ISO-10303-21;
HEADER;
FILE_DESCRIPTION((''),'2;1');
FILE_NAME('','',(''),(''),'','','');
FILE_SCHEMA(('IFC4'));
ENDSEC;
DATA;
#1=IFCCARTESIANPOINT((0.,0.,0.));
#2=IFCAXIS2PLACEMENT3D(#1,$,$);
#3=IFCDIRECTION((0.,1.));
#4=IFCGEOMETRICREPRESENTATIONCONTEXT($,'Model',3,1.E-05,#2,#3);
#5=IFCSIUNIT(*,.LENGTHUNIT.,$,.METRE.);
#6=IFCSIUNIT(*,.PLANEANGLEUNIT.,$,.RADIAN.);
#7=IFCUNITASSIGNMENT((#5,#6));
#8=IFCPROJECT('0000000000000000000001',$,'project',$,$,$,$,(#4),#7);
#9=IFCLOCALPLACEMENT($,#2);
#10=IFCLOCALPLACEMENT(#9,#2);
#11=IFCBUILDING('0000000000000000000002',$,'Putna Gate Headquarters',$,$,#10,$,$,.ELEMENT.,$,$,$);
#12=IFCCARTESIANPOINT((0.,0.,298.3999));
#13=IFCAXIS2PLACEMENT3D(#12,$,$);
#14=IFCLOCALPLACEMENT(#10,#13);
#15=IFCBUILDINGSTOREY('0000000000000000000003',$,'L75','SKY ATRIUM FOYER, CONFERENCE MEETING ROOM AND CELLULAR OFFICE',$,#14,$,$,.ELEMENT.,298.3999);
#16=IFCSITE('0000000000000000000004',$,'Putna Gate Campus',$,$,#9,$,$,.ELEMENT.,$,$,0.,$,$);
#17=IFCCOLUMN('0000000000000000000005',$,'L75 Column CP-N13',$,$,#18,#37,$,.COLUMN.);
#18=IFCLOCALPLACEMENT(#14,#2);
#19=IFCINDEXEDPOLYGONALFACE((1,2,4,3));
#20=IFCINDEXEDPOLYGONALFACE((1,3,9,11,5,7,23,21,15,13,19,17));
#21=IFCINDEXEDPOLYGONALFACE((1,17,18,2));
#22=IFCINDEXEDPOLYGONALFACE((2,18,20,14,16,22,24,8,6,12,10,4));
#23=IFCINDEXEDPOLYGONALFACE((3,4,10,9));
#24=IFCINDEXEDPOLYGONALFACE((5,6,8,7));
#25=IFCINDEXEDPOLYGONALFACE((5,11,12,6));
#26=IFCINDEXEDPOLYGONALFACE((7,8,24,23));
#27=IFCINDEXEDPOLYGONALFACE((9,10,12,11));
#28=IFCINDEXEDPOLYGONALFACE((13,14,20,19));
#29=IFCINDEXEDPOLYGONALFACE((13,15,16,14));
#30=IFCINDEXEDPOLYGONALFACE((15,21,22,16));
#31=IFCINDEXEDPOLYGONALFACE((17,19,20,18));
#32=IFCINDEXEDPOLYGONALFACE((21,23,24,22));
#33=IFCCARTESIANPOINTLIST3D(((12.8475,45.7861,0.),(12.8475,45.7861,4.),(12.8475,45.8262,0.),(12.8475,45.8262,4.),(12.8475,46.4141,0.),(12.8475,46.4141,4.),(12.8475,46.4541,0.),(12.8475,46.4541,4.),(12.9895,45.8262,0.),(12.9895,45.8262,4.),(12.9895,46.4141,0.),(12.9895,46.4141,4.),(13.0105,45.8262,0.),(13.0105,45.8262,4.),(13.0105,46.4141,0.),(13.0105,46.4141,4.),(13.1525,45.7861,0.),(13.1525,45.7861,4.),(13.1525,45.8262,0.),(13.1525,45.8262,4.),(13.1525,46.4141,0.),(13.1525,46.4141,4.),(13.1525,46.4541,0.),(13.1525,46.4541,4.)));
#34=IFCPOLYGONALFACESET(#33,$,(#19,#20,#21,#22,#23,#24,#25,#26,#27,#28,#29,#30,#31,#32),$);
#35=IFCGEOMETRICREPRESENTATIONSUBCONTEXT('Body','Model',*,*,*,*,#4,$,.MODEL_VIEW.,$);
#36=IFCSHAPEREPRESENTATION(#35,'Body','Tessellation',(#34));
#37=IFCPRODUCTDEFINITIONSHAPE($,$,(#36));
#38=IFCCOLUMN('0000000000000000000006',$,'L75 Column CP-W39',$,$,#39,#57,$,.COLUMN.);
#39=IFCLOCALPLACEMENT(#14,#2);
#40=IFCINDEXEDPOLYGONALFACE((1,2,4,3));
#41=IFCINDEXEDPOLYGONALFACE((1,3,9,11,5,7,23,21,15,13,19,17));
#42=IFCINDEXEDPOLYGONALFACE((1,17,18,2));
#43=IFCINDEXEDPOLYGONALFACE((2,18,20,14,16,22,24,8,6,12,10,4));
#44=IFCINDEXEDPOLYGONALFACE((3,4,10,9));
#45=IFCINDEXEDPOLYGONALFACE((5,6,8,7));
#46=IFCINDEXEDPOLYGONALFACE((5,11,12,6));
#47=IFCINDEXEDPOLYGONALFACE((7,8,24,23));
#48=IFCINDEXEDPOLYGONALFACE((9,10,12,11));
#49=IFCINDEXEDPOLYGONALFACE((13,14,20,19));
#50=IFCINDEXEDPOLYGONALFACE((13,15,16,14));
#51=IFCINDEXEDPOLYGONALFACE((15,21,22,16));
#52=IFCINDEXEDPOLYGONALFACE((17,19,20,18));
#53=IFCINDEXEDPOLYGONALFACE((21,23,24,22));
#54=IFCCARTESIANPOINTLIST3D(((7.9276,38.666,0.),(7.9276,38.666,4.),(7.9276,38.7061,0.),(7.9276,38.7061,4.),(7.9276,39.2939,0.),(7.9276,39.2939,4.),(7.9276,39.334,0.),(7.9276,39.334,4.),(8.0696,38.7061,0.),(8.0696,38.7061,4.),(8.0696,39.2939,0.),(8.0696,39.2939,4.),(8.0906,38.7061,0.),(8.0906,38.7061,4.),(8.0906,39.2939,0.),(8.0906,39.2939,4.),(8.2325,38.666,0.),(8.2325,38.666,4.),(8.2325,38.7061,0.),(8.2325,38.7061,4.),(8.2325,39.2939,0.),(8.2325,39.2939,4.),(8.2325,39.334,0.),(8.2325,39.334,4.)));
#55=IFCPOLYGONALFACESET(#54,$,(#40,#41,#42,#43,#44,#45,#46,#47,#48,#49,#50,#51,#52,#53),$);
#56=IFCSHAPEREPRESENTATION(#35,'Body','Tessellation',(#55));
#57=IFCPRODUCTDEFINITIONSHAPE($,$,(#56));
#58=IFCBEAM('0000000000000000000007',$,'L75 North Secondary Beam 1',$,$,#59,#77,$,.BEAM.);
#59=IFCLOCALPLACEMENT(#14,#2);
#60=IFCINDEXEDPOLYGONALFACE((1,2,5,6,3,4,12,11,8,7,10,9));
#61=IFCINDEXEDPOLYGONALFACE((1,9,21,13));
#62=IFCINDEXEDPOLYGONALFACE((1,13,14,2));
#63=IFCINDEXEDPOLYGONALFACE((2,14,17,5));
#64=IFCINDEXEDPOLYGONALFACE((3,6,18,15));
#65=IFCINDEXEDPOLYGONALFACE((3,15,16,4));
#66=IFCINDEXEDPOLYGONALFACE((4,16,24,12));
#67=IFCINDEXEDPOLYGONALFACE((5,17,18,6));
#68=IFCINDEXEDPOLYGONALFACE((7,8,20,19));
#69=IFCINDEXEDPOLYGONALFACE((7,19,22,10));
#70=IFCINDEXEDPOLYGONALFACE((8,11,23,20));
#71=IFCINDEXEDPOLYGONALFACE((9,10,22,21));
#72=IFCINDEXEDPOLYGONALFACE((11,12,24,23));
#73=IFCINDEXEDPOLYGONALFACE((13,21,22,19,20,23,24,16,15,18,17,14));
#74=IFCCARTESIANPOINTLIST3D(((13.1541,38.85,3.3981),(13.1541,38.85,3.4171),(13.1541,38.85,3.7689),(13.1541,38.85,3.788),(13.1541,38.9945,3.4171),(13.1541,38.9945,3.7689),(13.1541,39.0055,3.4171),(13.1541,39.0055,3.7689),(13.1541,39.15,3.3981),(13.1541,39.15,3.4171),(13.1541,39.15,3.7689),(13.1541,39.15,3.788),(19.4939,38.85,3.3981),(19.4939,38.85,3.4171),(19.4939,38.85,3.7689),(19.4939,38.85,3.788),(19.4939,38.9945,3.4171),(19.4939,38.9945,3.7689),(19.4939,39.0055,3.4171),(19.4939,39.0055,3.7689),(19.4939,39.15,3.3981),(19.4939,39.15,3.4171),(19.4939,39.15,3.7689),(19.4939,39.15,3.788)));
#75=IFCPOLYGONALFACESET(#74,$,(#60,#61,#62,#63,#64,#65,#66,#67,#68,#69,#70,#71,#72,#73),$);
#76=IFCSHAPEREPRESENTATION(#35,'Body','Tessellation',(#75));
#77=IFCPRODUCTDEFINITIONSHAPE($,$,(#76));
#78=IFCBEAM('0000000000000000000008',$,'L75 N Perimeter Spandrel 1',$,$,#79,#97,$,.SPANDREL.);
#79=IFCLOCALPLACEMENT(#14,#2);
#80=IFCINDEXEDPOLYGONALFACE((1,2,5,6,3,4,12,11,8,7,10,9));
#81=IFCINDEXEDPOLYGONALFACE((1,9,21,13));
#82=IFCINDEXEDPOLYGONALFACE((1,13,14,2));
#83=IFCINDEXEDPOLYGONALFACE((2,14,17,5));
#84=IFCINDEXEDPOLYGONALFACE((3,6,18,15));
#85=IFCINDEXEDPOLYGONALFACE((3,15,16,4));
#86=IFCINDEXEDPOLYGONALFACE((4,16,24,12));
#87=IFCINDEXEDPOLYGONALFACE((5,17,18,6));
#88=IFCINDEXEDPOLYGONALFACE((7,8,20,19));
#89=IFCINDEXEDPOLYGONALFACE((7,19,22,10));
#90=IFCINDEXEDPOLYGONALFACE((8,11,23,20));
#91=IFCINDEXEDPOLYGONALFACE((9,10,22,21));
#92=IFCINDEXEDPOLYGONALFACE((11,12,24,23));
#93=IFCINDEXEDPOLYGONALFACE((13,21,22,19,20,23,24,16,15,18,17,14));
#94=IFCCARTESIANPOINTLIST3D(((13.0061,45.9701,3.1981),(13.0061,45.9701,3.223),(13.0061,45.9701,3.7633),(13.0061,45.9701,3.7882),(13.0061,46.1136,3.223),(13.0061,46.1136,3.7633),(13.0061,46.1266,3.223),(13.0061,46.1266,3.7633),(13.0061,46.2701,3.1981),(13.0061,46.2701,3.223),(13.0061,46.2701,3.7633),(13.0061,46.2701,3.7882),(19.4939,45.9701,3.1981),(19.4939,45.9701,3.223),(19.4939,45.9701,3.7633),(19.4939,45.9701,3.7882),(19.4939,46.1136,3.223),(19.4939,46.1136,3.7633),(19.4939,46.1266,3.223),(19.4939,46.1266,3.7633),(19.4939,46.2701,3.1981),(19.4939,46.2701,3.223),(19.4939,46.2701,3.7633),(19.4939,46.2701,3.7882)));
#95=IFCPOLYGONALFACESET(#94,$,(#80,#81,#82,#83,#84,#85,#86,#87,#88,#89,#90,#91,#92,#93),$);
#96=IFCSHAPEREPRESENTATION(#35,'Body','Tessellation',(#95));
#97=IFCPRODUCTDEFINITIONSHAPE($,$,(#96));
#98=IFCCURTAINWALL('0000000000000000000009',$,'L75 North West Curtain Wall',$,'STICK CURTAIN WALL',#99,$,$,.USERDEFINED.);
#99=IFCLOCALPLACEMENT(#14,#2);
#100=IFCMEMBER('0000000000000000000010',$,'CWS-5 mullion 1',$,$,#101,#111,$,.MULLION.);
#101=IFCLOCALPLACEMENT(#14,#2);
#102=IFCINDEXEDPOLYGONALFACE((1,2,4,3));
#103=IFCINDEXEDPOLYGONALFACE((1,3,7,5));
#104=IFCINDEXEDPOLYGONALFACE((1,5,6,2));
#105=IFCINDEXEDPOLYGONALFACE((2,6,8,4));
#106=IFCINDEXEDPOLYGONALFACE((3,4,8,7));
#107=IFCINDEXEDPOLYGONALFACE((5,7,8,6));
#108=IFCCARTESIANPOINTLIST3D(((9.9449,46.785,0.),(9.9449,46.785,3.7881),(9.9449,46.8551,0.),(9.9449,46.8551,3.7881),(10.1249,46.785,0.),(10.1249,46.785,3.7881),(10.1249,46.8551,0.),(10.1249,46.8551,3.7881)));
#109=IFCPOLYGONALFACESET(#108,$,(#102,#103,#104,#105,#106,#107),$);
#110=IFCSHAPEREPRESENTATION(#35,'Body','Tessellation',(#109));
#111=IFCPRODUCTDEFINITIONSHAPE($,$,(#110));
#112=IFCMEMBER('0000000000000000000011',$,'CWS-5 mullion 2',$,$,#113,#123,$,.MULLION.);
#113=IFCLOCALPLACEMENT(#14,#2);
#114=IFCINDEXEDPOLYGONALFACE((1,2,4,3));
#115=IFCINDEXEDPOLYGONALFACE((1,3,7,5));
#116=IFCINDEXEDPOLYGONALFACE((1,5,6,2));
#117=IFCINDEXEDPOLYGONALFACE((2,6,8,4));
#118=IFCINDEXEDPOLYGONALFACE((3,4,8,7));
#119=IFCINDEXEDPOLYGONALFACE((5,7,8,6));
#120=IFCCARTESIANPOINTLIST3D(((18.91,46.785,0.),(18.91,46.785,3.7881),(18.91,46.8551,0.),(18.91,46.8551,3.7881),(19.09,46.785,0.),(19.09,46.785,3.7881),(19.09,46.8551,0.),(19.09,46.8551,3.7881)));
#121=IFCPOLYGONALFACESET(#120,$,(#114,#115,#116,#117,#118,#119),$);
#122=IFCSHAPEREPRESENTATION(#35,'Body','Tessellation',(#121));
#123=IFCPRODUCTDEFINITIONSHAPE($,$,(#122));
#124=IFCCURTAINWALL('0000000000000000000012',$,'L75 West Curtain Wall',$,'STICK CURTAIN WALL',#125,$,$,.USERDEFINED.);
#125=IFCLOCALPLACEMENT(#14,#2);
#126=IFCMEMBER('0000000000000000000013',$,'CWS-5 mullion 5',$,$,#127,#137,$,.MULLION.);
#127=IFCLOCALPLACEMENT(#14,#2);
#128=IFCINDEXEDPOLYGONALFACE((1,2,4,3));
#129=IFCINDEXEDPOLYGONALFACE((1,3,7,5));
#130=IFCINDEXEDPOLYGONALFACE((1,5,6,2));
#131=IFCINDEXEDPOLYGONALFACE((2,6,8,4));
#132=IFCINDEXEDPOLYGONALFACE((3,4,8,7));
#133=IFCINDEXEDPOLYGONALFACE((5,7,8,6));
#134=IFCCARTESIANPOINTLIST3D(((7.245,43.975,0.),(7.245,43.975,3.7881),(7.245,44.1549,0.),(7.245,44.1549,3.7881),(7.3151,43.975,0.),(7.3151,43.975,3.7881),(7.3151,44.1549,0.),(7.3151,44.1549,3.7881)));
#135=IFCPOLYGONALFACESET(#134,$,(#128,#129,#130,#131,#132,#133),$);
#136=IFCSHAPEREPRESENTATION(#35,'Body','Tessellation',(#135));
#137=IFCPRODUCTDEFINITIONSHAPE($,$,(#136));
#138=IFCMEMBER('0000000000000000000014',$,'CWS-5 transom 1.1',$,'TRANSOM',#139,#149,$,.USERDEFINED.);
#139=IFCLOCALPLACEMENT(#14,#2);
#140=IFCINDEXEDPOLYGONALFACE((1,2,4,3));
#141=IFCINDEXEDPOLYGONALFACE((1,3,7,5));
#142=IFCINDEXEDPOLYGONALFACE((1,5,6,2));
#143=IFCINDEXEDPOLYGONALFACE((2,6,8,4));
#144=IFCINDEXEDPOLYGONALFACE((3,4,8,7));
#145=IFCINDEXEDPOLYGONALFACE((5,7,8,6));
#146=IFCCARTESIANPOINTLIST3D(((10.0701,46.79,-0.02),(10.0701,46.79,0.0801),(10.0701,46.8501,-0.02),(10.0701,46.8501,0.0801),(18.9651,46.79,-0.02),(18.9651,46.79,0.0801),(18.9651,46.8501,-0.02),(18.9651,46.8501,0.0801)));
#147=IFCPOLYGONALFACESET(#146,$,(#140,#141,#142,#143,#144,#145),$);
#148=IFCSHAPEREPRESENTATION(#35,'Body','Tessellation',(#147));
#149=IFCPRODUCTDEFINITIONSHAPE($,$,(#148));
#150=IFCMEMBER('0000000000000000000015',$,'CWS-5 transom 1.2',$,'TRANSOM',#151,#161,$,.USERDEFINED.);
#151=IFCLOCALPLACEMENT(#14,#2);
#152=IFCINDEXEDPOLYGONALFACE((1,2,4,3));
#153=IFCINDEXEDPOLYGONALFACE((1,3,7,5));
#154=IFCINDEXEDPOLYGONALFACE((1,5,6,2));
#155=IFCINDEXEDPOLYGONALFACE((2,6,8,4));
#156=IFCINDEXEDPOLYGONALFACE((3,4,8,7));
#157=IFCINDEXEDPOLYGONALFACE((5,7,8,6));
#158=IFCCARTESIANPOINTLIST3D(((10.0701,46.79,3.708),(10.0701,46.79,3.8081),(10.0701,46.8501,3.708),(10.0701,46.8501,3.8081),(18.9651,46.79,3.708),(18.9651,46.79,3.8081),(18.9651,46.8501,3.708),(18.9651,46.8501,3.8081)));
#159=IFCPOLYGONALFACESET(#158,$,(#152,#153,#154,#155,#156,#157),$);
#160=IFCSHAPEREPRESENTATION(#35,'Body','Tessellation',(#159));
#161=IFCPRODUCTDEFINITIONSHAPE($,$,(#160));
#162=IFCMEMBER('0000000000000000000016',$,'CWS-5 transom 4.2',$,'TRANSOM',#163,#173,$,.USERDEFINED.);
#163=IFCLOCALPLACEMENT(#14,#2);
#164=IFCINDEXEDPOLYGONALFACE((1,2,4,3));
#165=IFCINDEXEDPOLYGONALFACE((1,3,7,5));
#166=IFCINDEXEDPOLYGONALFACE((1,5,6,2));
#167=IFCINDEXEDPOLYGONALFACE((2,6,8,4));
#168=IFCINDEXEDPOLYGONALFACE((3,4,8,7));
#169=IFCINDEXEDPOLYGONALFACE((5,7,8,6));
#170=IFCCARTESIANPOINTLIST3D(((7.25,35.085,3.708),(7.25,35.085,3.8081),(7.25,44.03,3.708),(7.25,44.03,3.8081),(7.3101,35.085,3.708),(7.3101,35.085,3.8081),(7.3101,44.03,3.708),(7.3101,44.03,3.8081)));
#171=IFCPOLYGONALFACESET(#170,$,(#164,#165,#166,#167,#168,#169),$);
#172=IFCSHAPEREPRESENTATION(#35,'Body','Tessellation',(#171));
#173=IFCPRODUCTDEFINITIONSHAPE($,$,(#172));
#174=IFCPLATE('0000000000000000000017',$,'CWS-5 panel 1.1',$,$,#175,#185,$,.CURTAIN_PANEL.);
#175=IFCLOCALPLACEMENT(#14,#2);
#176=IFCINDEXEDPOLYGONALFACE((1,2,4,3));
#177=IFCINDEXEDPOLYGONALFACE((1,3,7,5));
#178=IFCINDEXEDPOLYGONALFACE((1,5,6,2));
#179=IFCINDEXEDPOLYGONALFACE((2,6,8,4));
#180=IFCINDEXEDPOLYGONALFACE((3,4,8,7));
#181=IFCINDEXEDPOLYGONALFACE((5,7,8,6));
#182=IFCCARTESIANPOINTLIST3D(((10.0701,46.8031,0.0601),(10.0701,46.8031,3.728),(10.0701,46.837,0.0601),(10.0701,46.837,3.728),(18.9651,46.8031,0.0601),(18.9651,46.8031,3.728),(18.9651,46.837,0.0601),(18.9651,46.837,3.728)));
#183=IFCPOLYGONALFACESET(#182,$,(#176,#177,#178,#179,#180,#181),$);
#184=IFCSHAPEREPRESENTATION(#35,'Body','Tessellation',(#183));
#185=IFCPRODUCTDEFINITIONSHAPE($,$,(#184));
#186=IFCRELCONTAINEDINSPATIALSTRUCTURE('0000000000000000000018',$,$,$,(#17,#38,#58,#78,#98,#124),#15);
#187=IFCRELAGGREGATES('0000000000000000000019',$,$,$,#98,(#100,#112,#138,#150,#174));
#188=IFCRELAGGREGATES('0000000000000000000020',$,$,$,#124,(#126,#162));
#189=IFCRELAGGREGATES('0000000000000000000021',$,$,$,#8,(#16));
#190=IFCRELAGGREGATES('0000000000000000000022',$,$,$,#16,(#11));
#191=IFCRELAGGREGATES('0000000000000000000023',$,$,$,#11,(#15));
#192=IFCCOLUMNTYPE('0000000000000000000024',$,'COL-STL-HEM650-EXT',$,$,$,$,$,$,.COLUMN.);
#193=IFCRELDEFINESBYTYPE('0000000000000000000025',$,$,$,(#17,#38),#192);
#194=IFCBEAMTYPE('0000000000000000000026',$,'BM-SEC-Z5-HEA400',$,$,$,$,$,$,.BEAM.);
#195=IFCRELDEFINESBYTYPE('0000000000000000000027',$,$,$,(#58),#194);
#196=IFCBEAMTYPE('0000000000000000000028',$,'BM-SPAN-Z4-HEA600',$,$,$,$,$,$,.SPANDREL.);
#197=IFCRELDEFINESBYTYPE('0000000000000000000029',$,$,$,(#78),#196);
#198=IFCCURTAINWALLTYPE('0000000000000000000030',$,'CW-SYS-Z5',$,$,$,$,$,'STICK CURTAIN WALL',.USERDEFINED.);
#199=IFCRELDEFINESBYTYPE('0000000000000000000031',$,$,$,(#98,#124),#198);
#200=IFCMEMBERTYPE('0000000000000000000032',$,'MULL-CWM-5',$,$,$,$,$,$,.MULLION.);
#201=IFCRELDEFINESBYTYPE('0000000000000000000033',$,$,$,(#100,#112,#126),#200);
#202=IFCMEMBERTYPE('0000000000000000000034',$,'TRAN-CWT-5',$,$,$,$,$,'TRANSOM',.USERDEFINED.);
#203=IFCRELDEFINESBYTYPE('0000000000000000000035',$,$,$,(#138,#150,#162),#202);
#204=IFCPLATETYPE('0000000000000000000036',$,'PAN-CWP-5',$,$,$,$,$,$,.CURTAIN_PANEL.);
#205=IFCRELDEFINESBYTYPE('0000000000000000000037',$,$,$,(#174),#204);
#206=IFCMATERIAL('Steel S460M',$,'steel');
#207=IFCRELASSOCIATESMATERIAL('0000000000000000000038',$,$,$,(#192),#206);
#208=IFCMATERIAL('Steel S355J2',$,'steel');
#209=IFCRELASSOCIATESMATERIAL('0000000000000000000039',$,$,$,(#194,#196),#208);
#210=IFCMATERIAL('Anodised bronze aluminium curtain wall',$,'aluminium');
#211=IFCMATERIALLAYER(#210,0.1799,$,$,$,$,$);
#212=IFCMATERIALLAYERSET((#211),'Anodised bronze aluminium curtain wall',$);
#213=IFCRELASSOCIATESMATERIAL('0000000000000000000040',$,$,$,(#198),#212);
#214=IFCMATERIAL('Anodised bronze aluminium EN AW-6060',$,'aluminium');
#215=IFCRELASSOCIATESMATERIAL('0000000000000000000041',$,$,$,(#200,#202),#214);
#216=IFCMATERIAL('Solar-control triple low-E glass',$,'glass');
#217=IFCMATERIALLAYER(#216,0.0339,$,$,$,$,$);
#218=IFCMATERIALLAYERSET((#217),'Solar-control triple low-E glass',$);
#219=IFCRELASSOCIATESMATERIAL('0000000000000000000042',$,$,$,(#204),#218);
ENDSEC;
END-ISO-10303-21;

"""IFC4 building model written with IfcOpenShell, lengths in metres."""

from ifc_helpers import new_model, si_unit, direction, frame, origin, origin_2d, place, context, subcontext, project, spatial, rectangle, i_section, extrude, material, layer, layer_set, material_profile, profile_set, type_object, element, aggregate, save


model = new_model("IFC4")

# Units and contexts
model_context = context("Model", 3, precision=1e-05, world=origin(), true_north=direction((0.0, 1.0)))
body_context = subcontext(model_context, "Body", "Model", "MODEL_VIEW")
ifc_project = project(units=[si_unit("LENGTHUNIT", "METRE"), si_unit("PLANEANGLEUNIT", "RADIAN")], contexts=[model_context])

# Site, building, storey
site_placement = place(None, origin())
site = spatial("IfcSite", under=ifc_project, at=site_placement, Name="Putna Gate Campus", CompositionType="ELEMENT", RefElevation=0.0)
building_placement = place(site_placement, origin())
building = spatial("IfcBuilding", under=site, at=building_placement, Name="Putna Gate Headquarters", CompositionType="ELEMENT")
storey_placement = place(building_placement, frame((0.0, 0.0, 298.3999)))
storey = spatial("IfcBuildingStorey", under=building, at=storey_placement, Name="L75", Description="SKY ATRIUM FOYER, CONFERENCE MEETING ROOM AND CELLULAR OFFICE", CompositionType="ELEMENT", Elevation=298.3999)

# Columns
ifc_material_1 = material(Name="Steel S460M", Category="steel")
ifc_material_profile_1 = material_profile(ifc_material_1, i_section(OverallWidth=0.3049, OverallDepth=0.668, WebThickness=0.021, FlangeThickness=0.04, at=origin_2d()), Name="Steel S460M")
ifc_profile_set_1 = profile_set([ifc_material_profile_1], Name="Steel S460M")
column_type = type_object("IfcColumnType", Name="COL-STL-HEM650-EXT", PredefinedType="COLUMN", material=ifc_profile_set_1)
for number, where, z_axis, x_axis, name in (
    (1, (13.0, 46.1201, 0.0), (0.0, 0.0, 1.0), (1.0, 0.0, 0.0), "L75 Column CP-N13"),
    (2, (8.0801, 39.0, 0.0), (0.0, 0.0, 1.0), (1.0, 0.0, 0.0), "L75 Column CP-W39"),
):
    element("IfcColumn", number, at=place(storey_placement, frame(where, z_axis=z_axis, x_axis=x_axis)), inside=storey, type_object=column_type, Name=name, PredefinedType="COLUMN", context=body_context, shape_type="SweptSolid", body=[
        extrude(i_section(OverallWidth=0.3049, OverallDepth=0.668, WebThickness=0.021, FlangeThickness=0.04, at=origin_2d()), origin(), (0.0, 0.0, 1.0), 4.0),
    ])

# Beams
ifc_material_2 = material(Name="Steel S355J2", Category="steel")
ifc_material_profile_2 = material_profile(ifc_material_2, i_section(OverallWidth=0.3, OverallDepth=0.3899, WebThickness=0.011, FlangeThickness=0.019, at=origin_2d()), Name="Steel S355J2")
ifc_profile_set_2 = profile_set([ifc_material_profile_2], Name="Steel S355J2")
beam_type_1 = type_object("IfcBeamType", Name="BM-SEC-Z5-HEA400", PredefinedType="BEAM", material=ifc_profile_set_2)
beam_1_placement = place(storey_placement, frame((13.1541, 39.0, 3.593), z_axis=(1.0, 0.0, 0.0), x_axis=(0.0, 1.0, 0.0)))
element("IfcBeam", 3, at=beam_1_placement, inside=storey, type_object=beam_type_1, Name="L75 North Secondary Beam 1", PredefinedType="BEAM", context=body_context, shape_type="SweptSolid", body=[
    extrude(i_section(OverallWidth=0.3, OverallDepth=0.3899, WebThickness=0.011, FlangeThickness=0.019, at=origin_2d()), origin(), (0.0, 0.0, 1.0), 6.3398),
])
ifc_material_profile_3 = material_profile(ifc_material_2, i_section(OverallWidth=0.3, OverallDepth=0.5901, WebThickness=0.0129, FlangeThickness=0.0249, at=origin_2d()), Name="Steel S355J2")
ifc_profile_set_3 = profile_set([ifc_material_profile_3], Name="Steel S355J2")
beam_type_2 = type_object("IfcBeamType", Name="BM-SPAN-Z4-HEA600", PredefinedType="SPANDREL", material=ifc_profile_set_3)
beam_2_placement = place(storey_placement, frame((13.0061, 46.1201, 3.4932), z_axis=(1.0, 0.0, 0.0), x_axis=(0.0, 1.0, 0.0)))
element("IfcBeam", 4, at=beam_2_placement, inside=storey, type_object=beam_type_2, Name="L75 N Perimeter Spandrel 1", PredefinedType="SPANDREL", context=body_context, shape_type="SweptSolid", body=[
    extrude(i_section(OverallWidth=0.3, OverallDepth=0.5901, WebThickness=0.0129, FlangeThickness=0.0249, at=origin_2d()), origin(), (0.0, 0.0, 1.0), 6.4878),
])

# Curtain wall, members
ifc_material_3 = material(Name="Anodised bronze aluminium curtain wall", Category="aluminium")
ifc_layer_1 = layer(ifc_material_3, 0.1799)
ifc_layer_set_1 = layer_set([ifc_layer_1], Name="Anodised bronze aluminium curtain wall")
curtain_wall_type = type_object("IfcCurtainWallType", Name="CW-SYS-Z5", ElementType="STICK CURTAIN WALL", PredefinedType="USERDEFINED", material=ifc_layer_set_1)
curtain_wall_1_placement = place(storey_placement, origin())
curtain_wall_1 = element("IfcCurtainWall", 5, at=curtain_wall_1_placement, inside=storey, type_object=curtain_wall_type, Name="L75 North West Curtain Wall", ObjectType="STICK CURTAIN WALL", PredefinedType="USERDEFINED")
ifc_material_4 = material(Name="Anodised bronze aluminium EN AW-6060", Category="aluminium")
ifc_material_profile_4 = material_profile(ifc_material_4, rectangle(XDim=0.0701, YDim=0.1799, at=origin_2d()), Name="Anodised bronze aluminium EN AW-6060")
ifc_profile_set_4 = profile_set([ifc_material_profile_4], Name="Anodised bronze aluminium EN AW-6060")
member_type_1 = type_object("IfcMemberType", Name="MULL-CWM-5", PredefinedType="MULLION", material=ifc_profile_set_4)
member_1_placement = place(storey_placement, frame((10.0349, 46.8201, 0.0), z_axis=(0.0, 0.0, 1.0), x_axis=(0.0, 1.0, 0.0)))
member_1 = element("IfcMember", 6, at=member_1_placement, type_object=member_type_1, Name="CWS-5 mullion 1", PredefinedType="MULLION", context=body_context, shape_type="SweptSolid", body=[
    extrude(rectangle(XDim=0.0701, YDim=0.1799, at=origin_2d()), origin(), (0.0, 0.0, 1.0), 3.7881),
])
member_2_placement = place(storey_placement, frame((19.0, 46.8201, 0.0), z_axis=(0.0, 0.0, 1.0), x_axis=(0.0, 1.0, 0.0)))
member_2 = element("IfcMember", 7, at=member_2_placement, type_object=member_type_1, Name="CWS-5 mullion 2", PredefinedType="MULLION", context=body_context, shape_type="SweptSolid", body=[
    extrude(rectangle(XDim=0.0701, YDim=0.1799, at=origin_2d()), origin(), (0.0, 0.0, 1.0), 3.7881),
])

# Curtain wall, member
curtain_wall_2_placement = place(storey_placement, origin())
curtain_wall_2 = element("IfcCurtainWall", 8, at=curtain_wall_2_placement, inside=storey, type_object=curtain_wall_type, Name="L75 West Curtain Wall", ObjectType="STICK CURTAIN WALL", PredefinedType="USERDEFINED")
member_3_placement = place(storey_placement, frame((7.28, 44.0649, 0.0), z_axis=(0.0, 0.0, 1.0), x_axis=(-1.0, 0.0, 0.0)))
member_3 = element("IfcMember", 9, at=member_3_placement, type_object=member_type_1, Name="CWS-5 mullion 5", PredefinedType="MULLION", context=body_context, shape_type="SweptSolid", body=[
    extrude(rectangle(XDim=0.0701, YDim=0.1799, at=origin_2d()), origin(), (0.0, 0.0, 1.0), 3.7881),
])

# Members
ifc_material_profile_5 = material_profile(ifc_material_4, rectangle(XDim=0.0601, YDim=0.1001, at=origin_2d()), Name="Anodised bronze aluminium EN AW-6060")
ifc_profile_set_5 = profile_set([ifc_material_profile_5], Name="Anodised bronze aluminium EN AW-6060")
member_type_2 = type_object("IfcMemberType", Name="TRAN-CWT-5", ElementType="TRANSOM", PredefinedType="USERDEFINED", material=ifc_profile_set_5)
member_4_placement = place(storey_placement, frame((10.0701, 46.8201, 0.03), z_axis=(1.0, 0.0, 0.0), x_axis=(0.0, 1.0, 0.0)))
member_4 = element("IfcMember", 10, at=member_4_placement, type_object=member_type_2, Name="CWS-5 transom 1.1", ObjectType="TRANSOM", PredefinedType="USERDEFINED", context=body_context, shape_type="SweptSolid", body=[
    extrude(rectangle(XDim=0.0601, YDim=0.1001, at=origin_2d()), origin(), (0.0, 0.0, 1.0), 8.895),
])
member_5_placement = place(storey_placement, frame((10.0701, 46.8201, 3.7581), z_axis=(1.0, 0.0, 0.0), x_axis=(0.0, 1.0, 0.0)))
member_5 = element("IfcMember", 11, at=member_5_placement, type_object=member_type_2, Name="CWS-5 transom 1.2", ObjectType="TRANSOM", PredefinedType="USERDEFINED", context=body_context, shape_type="SweptSolid", body=[
    extrude(rectangle(XDim=0.0601, YDim=0.1001, at=origin_2d()), origin(), (0.0, 0.0, 1.0), 8.895),
])
member_6_placement = place(storey_placement, frame((7.28, 35.085, 3.7581), z_axis=(0.0, 1.0, 0.0), x_axis=(-1.0, 0.0, 0.0)))
member_6 = element("IfcMember", 12, at=member_6_placement, type_object=member_type_2, Name="CWS-5 transom 4.2", ObjectType="TRANSOM", PredefinedType="USERDEFINED", context=body_context, shape_type="SweptSolid", body=[
    extrude(rectangle(XDim=0.0601, YDim=0.1001, at=origin_2d()), origin(), (0.0, 0.0, 1.0), 8.9451),
])

# Plate
ifc_material_5 = material(Name="Solar-control triple low-E glass", Category="glass")
ifc_layer_2 = layer(ifc_material_5, 0.0339)
ifc_layer_set_2 = layer_set([ifc_layer_2], Name="Solar-control triple low-E glass")
plate_type = type_object("IfcPlateType", Name="PAN-CWP-5", PredefinedType="CURTAIN_PANEL", material=ifc_layer_set_2)
plate_1_placement = place(storey_placement, frame((14.5176, 46.8201, 0.0601), z_axis=(0.0, 0.0, 1.0), x_axis=(1.0, 0.0, 0.0)))
plate_1 = element("IfcPlate", 13, at=plate_1_placement, type_object=plate_type, Name="CWS-5 panel 1.1", PredefinedType="CURTAIN_PANEL", context=body_context, shape_type="SweptSolid", body=[
    extrude(rectangle(XDim=8.895, YDim=0.0339, at=origin_2d()), origin(), (0.0, 0.0, 1.0), 3.668),
])
aggregate(curtain_wall_1, [member_1, member_2, member_4, member_5, plate_1])
aggregate(curtain_wall_2, [member_3, member_6])

save(model, "model.ifc")
